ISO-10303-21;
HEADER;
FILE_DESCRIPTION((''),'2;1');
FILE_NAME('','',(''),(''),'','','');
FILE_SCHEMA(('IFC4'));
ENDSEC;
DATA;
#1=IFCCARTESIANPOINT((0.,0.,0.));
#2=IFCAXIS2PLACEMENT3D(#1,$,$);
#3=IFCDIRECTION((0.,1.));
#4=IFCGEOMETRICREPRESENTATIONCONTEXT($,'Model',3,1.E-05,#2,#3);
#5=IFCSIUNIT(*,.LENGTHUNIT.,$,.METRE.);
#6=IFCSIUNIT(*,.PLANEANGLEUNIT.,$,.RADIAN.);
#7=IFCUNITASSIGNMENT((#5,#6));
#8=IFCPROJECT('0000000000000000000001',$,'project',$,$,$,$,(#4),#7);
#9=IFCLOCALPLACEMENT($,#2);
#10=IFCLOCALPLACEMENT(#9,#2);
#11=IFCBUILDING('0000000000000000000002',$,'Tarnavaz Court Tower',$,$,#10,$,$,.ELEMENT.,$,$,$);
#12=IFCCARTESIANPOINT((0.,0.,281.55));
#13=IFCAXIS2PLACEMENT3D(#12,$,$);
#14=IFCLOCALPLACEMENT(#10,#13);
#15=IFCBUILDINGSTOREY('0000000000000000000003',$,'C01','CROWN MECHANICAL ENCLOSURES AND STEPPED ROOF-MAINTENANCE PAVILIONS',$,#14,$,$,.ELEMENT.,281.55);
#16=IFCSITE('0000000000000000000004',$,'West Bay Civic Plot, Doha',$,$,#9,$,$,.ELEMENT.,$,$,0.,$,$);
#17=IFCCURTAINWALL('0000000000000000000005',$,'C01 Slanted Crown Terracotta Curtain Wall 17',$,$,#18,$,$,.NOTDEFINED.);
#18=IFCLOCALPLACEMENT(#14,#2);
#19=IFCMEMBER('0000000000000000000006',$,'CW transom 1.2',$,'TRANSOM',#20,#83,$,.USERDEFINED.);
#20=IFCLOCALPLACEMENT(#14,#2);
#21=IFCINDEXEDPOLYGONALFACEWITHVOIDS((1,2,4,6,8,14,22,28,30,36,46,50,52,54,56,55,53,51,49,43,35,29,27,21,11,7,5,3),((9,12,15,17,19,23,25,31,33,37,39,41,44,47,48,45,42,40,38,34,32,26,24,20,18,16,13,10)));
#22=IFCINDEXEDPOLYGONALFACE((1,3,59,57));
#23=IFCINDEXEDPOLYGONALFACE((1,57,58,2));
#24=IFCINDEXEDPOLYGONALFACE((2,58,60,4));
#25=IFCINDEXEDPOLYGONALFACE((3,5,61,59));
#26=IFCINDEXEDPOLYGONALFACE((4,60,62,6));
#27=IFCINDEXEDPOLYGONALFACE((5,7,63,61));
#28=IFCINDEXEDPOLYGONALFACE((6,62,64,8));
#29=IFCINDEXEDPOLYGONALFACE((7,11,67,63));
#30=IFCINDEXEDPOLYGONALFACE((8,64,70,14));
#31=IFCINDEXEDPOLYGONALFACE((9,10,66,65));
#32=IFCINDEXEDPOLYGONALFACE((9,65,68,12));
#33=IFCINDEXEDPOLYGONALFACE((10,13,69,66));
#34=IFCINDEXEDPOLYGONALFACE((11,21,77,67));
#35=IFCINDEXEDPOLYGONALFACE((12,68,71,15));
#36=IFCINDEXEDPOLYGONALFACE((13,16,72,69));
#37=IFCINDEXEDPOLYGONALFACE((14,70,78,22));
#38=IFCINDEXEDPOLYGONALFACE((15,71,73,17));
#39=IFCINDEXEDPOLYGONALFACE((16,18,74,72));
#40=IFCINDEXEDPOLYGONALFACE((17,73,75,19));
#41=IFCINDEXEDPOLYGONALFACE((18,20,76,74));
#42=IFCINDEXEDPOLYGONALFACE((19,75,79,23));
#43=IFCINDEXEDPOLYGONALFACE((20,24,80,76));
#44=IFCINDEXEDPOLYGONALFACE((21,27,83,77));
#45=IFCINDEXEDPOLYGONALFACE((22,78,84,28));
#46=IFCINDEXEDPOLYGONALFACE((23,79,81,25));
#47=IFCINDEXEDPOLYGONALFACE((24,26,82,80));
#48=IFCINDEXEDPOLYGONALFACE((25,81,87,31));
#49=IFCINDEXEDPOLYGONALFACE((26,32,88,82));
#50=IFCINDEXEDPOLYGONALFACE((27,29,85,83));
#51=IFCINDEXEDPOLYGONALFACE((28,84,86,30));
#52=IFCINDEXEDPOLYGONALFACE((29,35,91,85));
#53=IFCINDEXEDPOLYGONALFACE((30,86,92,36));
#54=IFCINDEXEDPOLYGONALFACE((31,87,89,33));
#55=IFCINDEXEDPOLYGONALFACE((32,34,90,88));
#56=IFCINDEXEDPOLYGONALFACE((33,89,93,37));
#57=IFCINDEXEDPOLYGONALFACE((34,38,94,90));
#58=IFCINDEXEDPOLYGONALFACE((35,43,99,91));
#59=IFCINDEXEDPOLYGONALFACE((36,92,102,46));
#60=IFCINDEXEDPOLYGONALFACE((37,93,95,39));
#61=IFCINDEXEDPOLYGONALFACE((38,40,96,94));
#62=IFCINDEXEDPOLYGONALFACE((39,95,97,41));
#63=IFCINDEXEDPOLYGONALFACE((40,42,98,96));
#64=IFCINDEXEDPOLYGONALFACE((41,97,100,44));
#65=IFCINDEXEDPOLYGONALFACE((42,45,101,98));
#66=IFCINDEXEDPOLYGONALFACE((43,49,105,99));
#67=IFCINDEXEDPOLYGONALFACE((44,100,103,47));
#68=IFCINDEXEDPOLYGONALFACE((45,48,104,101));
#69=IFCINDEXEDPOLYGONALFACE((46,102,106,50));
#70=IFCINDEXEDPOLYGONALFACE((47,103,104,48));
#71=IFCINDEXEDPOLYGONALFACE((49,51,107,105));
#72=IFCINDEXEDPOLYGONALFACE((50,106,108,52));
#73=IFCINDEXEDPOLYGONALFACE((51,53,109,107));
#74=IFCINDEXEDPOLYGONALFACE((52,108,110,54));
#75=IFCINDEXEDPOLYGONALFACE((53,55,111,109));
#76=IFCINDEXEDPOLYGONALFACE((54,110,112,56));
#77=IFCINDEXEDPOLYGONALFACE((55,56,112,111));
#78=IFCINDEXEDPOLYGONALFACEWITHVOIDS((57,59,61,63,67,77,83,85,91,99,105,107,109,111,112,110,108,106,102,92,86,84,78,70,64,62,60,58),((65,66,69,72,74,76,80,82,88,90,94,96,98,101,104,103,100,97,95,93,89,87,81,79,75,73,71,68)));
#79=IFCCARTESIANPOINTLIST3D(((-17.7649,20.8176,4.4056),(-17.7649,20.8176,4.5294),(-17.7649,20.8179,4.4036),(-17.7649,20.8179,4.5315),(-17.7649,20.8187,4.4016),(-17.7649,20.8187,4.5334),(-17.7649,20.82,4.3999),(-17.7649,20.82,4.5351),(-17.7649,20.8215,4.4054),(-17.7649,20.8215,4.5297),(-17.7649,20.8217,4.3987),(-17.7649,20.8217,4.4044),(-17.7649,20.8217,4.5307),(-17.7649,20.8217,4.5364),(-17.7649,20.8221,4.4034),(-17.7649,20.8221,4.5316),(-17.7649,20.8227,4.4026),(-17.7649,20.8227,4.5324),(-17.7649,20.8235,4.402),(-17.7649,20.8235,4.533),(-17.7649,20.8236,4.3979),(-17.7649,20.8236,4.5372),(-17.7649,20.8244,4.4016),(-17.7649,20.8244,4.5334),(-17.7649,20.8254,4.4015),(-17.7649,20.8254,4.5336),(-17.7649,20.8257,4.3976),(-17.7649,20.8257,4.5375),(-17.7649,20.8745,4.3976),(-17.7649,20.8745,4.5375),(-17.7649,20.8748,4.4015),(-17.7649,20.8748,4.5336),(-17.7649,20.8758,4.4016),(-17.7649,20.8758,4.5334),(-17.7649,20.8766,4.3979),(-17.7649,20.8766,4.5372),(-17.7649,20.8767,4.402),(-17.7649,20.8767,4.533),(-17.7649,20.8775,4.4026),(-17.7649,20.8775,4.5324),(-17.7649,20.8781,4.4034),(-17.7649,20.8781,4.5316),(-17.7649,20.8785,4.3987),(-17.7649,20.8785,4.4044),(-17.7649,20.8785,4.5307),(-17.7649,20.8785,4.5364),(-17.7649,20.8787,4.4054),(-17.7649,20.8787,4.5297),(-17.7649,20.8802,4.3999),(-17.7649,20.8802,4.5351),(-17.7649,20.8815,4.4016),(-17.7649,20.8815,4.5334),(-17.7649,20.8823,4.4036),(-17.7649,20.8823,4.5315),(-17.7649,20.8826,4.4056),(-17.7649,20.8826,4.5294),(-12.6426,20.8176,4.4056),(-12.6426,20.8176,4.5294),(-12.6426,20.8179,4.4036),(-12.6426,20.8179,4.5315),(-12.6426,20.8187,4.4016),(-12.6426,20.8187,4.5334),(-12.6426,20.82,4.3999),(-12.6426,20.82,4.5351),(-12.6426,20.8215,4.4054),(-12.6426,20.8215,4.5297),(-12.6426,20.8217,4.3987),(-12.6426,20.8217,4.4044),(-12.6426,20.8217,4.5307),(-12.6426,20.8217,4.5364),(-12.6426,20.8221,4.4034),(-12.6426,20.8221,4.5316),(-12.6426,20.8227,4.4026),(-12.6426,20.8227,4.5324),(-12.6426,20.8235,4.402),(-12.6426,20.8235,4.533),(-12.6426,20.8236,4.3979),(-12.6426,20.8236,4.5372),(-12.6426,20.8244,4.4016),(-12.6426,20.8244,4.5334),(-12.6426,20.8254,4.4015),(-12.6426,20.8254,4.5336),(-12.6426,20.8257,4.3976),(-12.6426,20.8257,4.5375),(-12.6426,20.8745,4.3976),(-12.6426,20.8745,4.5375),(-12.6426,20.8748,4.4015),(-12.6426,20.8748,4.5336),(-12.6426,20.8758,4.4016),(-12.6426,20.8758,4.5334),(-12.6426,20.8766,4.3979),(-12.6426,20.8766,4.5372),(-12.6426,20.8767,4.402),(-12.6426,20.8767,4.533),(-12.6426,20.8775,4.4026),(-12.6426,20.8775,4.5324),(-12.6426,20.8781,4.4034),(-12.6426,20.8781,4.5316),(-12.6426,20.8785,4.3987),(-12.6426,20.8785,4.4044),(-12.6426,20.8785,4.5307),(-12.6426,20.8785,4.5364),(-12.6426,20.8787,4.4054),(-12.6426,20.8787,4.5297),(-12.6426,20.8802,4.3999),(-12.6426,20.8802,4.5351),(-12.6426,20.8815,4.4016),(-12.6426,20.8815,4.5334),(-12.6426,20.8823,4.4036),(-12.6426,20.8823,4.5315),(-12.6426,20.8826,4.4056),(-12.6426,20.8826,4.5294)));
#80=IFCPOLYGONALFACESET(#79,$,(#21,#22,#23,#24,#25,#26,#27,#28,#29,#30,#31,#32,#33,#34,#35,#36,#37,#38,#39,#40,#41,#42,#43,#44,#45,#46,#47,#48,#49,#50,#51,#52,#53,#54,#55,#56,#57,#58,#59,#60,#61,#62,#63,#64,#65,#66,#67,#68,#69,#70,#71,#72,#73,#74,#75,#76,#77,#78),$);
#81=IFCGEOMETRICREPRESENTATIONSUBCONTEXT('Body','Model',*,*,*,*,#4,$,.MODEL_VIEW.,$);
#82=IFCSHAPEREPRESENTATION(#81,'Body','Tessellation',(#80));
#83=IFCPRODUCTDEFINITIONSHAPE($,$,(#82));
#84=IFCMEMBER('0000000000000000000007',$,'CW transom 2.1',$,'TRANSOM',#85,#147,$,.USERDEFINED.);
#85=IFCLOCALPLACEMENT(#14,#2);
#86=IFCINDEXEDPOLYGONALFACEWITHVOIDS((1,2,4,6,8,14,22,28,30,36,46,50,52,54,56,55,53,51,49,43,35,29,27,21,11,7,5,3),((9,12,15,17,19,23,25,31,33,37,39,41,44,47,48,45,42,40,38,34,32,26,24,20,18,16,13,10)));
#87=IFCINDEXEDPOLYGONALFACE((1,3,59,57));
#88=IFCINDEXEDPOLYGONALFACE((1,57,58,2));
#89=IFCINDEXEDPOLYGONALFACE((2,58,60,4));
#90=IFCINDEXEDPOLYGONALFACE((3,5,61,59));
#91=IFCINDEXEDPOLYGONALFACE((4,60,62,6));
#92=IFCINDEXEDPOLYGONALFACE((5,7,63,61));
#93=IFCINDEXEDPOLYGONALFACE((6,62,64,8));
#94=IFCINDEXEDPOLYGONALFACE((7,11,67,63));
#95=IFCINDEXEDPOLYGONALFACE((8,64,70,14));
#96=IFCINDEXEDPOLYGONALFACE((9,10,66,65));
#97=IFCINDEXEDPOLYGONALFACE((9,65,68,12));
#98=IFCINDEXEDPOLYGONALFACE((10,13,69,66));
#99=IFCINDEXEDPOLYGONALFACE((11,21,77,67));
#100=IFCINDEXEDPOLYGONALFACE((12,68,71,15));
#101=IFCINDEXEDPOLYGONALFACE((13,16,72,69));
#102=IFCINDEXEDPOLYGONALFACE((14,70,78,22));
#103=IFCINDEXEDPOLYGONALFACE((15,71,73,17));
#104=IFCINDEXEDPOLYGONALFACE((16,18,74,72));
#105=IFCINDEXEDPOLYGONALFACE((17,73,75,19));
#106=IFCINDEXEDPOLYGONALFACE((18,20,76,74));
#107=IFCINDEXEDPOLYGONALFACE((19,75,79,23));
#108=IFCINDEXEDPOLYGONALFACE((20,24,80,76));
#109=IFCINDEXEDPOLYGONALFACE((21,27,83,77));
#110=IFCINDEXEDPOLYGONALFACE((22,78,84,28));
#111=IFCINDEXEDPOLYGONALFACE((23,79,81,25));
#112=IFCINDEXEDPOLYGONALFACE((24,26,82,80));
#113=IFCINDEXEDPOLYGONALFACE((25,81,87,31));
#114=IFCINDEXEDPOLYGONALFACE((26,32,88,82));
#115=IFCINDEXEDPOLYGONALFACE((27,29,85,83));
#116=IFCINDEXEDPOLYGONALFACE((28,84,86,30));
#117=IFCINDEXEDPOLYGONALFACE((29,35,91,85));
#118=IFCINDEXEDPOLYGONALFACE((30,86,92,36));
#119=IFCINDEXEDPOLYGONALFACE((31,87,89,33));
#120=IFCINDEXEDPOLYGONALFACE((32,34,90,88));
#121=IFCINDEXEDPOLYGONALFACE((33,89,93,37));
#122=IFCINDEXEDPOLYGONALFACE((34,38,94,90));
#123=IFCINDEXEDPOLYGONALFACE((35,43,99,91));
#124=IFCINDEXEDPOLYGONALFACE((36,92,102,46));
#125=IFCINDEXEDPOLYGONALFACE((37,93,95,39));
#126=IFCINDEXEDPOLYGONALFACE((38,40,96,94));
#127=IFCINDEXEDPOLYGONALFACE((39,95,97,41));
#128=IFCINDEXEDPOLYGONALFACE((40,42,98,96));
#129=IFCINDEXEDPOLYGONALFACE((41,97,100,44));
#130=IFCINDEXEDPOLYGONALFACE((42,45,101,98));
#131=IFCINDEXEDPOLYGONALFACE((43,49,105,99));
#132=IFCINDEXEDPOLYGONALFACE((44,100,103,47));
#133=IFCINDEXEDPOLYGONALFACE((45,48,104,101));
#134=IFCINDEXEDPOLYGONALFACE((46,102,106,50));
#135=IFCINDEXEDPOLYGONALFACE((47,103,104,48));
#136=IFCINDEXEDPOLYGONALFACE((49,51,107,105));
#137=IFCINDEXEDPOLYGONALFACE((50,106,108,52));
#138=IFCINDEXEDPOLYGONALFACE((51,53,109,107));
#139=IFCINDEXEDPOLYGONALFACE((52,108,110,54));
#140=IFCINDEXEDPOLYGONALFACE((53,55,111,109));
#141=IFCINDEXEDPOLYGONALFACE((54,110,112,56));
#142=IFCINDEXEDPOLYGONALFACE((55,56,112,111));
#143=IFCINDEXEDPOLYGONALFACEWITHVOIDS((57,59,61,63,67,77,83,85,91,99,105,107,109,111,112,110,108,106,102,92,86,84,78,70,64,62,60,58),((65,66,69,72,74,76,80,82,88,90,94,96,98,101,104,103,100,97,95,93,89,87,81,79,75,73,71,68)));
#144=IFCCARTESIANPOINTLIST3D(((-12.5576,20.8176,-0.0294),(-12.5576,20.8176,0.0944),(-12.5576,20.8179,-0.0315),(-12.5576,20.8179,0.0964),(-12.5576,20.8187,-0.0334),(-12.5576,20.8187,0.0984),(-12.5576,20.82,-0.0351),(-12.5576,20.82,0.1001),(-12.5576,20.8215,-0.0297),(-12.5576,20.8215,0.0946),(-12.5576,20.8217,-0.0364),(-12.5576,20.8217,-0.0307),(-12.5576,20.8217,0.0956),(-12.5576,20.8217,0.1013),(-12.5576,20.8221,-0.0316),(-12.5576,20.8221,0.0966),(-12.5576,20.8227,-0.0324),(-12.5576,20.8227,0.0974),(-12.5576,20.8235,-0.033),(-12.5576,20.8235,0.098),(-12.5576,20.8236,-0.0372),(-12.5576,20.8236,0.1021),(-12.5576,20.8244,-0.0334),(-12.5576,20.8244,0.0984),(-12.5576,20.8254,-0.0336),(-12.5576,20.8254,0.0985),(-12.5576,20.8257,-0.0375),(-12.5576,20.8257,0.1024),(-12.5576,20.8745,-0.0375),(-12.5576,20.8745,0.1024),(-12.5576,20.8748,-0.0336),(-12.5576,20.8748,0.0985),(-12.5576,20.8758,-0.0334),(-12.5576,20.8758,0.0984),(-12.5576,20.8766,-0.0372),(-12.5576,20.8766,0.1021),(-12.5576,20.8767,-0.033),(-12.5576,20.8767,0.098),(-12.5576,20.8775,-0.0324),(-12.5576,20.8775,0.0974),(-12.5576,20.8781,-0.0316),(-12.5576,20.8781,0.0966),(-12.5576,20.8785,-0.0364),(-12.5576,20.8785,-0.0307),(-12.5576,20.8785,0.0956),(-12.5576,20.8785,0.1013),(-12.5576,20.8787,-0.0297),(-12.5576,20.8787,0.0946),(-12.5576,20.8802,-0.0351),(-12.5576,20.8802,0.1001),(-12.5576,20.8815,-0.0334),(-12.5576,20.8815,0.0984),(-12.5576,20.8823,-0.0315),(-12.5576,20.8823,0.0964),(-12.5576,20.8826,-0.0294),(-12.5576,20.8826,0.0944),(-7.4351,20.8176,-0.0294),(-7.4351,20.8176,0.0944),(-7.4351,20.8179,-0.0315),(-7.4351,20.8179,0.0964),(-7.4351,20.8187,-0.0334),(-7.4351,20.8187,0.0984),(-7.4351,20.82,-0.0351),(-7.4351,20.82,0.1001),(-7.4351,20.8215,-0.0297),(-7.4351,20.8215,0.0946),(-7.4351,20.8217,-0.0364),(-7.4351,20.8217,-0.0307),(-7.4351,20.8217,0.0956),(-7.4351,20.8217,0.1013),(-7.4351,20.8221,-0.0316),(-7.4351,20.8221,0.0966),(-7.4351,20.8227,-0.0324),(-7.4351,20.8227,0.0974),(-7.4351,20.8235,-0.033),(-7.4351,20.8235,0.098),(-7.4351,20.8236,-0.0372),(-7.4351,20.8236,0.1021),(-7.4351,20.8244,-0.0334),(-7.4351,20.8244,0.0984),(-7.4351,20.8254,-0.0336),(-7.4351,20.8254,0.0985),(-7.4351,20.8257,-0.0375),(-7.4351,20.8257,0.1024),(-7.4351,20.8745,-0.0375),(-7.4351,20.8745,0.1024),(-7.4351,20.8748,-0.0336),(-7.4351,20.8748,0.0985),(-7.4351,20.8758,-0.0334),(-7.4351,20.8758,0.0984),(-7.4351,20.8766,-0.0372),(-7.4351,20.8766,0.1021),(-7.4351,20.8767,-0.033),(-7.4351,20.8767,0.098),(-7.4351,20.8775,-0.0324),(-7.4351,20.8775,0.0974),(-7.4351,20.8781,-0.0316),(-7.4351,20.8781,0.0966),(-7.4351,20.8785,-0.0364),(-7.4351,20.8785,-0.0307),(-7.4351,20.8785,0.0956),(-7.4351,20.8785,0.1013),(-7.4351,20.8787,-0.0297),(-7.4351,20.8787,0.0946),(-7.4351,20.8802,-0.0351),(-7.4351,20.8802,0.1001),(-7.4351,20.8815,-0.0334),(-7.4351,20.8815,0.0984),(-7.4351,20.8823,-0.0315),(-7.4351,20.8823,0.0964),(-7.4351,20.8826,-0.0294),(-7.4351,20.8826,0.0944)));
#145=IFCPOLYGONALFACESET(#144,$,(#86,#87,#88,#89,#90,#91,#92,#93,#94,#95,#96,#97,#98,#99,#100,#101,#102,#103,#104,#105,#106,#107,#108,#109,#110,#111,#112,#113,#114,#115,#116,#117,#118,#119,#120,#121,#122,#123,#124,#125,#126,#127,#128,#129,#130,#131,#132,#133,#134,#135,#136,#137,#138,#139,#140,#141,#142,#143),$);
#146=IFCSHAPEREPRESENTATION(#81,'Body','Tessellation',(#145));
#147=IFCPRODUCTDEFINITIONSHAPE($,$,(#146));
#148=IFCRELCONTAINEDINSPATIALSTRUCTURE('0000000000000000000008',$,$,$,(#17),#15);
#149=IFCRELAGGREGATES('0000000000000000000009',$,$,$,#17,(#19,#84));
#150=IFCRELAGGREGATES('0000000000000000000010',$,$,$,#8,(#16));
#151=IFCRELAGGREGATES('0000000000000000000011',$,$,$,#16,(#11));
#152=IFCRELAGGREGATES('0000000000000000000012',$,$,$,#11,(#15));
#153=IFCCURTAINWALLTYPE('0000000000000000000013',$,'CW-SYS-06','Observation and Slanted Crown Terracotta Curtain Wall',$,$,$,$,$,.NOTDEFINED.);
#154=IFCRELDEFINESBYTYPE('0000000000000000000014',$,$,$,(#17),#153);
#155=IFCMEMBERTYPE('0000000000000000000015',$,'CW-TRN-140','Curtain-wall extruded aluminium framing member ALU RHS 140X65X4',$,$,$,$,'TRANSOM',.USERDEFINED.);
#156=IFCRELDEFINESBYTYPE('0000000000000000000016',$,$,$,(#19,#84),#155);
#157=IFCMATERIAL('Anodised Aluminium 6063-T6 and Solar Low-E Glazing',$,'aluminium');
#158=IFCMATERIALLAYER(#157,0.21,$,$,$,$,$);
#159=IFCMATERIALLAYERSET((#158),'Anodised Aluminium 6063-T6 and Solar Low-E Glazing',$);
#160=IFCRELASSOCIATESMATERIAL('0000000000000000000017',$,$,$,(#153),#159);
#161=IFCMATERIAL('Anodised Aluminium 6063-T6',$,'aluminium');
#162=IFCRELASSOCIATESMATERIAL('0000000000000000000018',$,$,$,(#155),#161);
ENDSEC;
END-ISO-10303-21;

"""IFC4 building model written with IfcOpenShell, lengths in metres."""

from ifc_helpers import new_model, si_unit, direction, frame, origin, origin_2d, place, context, subcontext, project, spatial, hollow_rectangle, extrude, material, layer, layer_set, material_profile, profile_set, type_object, element, aggregate, save


model = new_model("IFC4")

# Units and contexts
model_context = context("Model", 3, precision=1e-05, world=origin(), true_north=direction((0.0, 1.0)))
body_context = subcontext(model_context, "Body", "Model", "MODEL_VIEW")
ifc_project = project(units=[si_unit("LENGTHUNIT", "METRE"), si_unit("PLANEANGLEUNIT", "RADIAN")], contexts=[model_context])

# Site, building, storey
site_placement = place(None, origin())
site = spatial("IfcSite", under=ifc_project, at=site_placement, Name="West Bay Civic Plot, Doha", CompositionType="ELEMENT", RefElevation=0.0)
building_placement = place(site_placement, origin())
building = spatial("IfcBuilding", under=site, at=building_placement, Name="Tarnavaz Court Tower", CompositionType="ELEMENT")
storey_placement = place(building_placement, frame((0.0, 0.0, 281.55)))
storey = spatial("IfcBuildingStorey", under=building, at=storey_placement, Name="C01", Description="CROWN MECHANICAL ENCLOSURES AND STEPPED ROOF-MAINTENANCE PAVILIONS", CompositionType="ELEMENT", Elevation=281.55)

# Shared definitions
ifc_material_1 = material(Name="Anodised Aluminium 6063-T6 and Solar Low-E Glazing", Category="aluminium")
ifc_layer_1 = layer(ifc_material_1, 0.21)
ifc_layer_set_1 = layer_set([ifc_layer_1], Name="Anodised Aluminium 6063-T6 and Solar Low-E Glazing")
curtain_wall_type = type_object("IfcCurtainWallType", Name="CW-SYS-06", Description="Observation and Slanted Crown Terracotta Curtain Wall", PredefinedType="NOTDEFINED", material=ifc_layer_set_1)
ifc_material_2 = material(Name="Anodised Aluminium 6063-T6", Category="aluminium")

# Curtain wall
curtain_wall_1_placement = place(storey_placement, origin())
curtain_wall_1 = element("IfcCurtainWall", 1, at=curtain_wall_1_placement, inside=storey, type_object=curtain_wall_type, Name="C01 Slanted Crown Terracotta Curtain Wall 17", PredefinedType="NOTDEFINED")

# Members
ifc_material_profile_1 = material_profile(ifc_material_2, hollow_rectangle(XDim=0.0649, YDim=0.1399, WallThickness=0.0039, InnerFilletRadius=0.0039, OuterFilletRadius=0.0081, at=origin_2d()), Name="ALU RHS 140X65X4")
ifc_profile_set_1 = profile_set([ifc_material_profile_1], Name="Anodised Aluminium 6063-T6")
member_type_1 = type_object("IfcMemberType", Name="CW-TRN-140", Description="Curtain-wall extruded aluminium framing member ALU RHS 140X65X4", ElementType="TRANSOM", PredefinedType="USERDEFINED", material=ifc_profile_set_1)
member_1_placement = place(storey_placement, frame((-17.7649, 20.8501, 4.4675), z_axis=(1.0, 0.0, 0.0), x_axis=(0.0, 1.0, 0.0)))
member_1 = element("IfcMember", 2, at=member_1_placement, type_object=member_type_1, Name="CW transom 1.2", ObjectType="TRANSOM", PredefinedType="USERDEFINED", context=body_context, shape_type="SweptSolid", body=[
    extrude(hollow_rectangle(XDim=0.0649, YDim=0.1399, WallThickness=0.0039, InnerFilletRadius=0.0039, OuterFilletRadius=0.0081, at=origin_2d()), origin(), (0.0, 0.0, 1.0), 5.1223),
])
member_2_placement = place(storey_placement, frame((-12.5576, 20.8501, 0.0325), z_axis=(1.0, 0.0, 0.0), x_axis=(0.0, 1.0, 0.0)))
member_2 = element("IfcMember", 3, at=member_2_placement, type_object=member_type_1, Name="CW transom 2.1", ObjectType="TRANSOM", PredefinedType="USERDEFINED", context=body_context, shape_type="SweptSolid", body=[
    extrude(hollow_rectangle(XDim=0.0649, YDim=0.1399, WallThickness=0.0039, InnerFilletRadius=0.0039, OuterFilletRadius=0.0081, at=origin_2d()), origin(), (0.0, 0.0, 1.0), 5.1226),
])

aggregate(curtain_wall_1, [member_1, member_2])

save(model, "model.ifc")
